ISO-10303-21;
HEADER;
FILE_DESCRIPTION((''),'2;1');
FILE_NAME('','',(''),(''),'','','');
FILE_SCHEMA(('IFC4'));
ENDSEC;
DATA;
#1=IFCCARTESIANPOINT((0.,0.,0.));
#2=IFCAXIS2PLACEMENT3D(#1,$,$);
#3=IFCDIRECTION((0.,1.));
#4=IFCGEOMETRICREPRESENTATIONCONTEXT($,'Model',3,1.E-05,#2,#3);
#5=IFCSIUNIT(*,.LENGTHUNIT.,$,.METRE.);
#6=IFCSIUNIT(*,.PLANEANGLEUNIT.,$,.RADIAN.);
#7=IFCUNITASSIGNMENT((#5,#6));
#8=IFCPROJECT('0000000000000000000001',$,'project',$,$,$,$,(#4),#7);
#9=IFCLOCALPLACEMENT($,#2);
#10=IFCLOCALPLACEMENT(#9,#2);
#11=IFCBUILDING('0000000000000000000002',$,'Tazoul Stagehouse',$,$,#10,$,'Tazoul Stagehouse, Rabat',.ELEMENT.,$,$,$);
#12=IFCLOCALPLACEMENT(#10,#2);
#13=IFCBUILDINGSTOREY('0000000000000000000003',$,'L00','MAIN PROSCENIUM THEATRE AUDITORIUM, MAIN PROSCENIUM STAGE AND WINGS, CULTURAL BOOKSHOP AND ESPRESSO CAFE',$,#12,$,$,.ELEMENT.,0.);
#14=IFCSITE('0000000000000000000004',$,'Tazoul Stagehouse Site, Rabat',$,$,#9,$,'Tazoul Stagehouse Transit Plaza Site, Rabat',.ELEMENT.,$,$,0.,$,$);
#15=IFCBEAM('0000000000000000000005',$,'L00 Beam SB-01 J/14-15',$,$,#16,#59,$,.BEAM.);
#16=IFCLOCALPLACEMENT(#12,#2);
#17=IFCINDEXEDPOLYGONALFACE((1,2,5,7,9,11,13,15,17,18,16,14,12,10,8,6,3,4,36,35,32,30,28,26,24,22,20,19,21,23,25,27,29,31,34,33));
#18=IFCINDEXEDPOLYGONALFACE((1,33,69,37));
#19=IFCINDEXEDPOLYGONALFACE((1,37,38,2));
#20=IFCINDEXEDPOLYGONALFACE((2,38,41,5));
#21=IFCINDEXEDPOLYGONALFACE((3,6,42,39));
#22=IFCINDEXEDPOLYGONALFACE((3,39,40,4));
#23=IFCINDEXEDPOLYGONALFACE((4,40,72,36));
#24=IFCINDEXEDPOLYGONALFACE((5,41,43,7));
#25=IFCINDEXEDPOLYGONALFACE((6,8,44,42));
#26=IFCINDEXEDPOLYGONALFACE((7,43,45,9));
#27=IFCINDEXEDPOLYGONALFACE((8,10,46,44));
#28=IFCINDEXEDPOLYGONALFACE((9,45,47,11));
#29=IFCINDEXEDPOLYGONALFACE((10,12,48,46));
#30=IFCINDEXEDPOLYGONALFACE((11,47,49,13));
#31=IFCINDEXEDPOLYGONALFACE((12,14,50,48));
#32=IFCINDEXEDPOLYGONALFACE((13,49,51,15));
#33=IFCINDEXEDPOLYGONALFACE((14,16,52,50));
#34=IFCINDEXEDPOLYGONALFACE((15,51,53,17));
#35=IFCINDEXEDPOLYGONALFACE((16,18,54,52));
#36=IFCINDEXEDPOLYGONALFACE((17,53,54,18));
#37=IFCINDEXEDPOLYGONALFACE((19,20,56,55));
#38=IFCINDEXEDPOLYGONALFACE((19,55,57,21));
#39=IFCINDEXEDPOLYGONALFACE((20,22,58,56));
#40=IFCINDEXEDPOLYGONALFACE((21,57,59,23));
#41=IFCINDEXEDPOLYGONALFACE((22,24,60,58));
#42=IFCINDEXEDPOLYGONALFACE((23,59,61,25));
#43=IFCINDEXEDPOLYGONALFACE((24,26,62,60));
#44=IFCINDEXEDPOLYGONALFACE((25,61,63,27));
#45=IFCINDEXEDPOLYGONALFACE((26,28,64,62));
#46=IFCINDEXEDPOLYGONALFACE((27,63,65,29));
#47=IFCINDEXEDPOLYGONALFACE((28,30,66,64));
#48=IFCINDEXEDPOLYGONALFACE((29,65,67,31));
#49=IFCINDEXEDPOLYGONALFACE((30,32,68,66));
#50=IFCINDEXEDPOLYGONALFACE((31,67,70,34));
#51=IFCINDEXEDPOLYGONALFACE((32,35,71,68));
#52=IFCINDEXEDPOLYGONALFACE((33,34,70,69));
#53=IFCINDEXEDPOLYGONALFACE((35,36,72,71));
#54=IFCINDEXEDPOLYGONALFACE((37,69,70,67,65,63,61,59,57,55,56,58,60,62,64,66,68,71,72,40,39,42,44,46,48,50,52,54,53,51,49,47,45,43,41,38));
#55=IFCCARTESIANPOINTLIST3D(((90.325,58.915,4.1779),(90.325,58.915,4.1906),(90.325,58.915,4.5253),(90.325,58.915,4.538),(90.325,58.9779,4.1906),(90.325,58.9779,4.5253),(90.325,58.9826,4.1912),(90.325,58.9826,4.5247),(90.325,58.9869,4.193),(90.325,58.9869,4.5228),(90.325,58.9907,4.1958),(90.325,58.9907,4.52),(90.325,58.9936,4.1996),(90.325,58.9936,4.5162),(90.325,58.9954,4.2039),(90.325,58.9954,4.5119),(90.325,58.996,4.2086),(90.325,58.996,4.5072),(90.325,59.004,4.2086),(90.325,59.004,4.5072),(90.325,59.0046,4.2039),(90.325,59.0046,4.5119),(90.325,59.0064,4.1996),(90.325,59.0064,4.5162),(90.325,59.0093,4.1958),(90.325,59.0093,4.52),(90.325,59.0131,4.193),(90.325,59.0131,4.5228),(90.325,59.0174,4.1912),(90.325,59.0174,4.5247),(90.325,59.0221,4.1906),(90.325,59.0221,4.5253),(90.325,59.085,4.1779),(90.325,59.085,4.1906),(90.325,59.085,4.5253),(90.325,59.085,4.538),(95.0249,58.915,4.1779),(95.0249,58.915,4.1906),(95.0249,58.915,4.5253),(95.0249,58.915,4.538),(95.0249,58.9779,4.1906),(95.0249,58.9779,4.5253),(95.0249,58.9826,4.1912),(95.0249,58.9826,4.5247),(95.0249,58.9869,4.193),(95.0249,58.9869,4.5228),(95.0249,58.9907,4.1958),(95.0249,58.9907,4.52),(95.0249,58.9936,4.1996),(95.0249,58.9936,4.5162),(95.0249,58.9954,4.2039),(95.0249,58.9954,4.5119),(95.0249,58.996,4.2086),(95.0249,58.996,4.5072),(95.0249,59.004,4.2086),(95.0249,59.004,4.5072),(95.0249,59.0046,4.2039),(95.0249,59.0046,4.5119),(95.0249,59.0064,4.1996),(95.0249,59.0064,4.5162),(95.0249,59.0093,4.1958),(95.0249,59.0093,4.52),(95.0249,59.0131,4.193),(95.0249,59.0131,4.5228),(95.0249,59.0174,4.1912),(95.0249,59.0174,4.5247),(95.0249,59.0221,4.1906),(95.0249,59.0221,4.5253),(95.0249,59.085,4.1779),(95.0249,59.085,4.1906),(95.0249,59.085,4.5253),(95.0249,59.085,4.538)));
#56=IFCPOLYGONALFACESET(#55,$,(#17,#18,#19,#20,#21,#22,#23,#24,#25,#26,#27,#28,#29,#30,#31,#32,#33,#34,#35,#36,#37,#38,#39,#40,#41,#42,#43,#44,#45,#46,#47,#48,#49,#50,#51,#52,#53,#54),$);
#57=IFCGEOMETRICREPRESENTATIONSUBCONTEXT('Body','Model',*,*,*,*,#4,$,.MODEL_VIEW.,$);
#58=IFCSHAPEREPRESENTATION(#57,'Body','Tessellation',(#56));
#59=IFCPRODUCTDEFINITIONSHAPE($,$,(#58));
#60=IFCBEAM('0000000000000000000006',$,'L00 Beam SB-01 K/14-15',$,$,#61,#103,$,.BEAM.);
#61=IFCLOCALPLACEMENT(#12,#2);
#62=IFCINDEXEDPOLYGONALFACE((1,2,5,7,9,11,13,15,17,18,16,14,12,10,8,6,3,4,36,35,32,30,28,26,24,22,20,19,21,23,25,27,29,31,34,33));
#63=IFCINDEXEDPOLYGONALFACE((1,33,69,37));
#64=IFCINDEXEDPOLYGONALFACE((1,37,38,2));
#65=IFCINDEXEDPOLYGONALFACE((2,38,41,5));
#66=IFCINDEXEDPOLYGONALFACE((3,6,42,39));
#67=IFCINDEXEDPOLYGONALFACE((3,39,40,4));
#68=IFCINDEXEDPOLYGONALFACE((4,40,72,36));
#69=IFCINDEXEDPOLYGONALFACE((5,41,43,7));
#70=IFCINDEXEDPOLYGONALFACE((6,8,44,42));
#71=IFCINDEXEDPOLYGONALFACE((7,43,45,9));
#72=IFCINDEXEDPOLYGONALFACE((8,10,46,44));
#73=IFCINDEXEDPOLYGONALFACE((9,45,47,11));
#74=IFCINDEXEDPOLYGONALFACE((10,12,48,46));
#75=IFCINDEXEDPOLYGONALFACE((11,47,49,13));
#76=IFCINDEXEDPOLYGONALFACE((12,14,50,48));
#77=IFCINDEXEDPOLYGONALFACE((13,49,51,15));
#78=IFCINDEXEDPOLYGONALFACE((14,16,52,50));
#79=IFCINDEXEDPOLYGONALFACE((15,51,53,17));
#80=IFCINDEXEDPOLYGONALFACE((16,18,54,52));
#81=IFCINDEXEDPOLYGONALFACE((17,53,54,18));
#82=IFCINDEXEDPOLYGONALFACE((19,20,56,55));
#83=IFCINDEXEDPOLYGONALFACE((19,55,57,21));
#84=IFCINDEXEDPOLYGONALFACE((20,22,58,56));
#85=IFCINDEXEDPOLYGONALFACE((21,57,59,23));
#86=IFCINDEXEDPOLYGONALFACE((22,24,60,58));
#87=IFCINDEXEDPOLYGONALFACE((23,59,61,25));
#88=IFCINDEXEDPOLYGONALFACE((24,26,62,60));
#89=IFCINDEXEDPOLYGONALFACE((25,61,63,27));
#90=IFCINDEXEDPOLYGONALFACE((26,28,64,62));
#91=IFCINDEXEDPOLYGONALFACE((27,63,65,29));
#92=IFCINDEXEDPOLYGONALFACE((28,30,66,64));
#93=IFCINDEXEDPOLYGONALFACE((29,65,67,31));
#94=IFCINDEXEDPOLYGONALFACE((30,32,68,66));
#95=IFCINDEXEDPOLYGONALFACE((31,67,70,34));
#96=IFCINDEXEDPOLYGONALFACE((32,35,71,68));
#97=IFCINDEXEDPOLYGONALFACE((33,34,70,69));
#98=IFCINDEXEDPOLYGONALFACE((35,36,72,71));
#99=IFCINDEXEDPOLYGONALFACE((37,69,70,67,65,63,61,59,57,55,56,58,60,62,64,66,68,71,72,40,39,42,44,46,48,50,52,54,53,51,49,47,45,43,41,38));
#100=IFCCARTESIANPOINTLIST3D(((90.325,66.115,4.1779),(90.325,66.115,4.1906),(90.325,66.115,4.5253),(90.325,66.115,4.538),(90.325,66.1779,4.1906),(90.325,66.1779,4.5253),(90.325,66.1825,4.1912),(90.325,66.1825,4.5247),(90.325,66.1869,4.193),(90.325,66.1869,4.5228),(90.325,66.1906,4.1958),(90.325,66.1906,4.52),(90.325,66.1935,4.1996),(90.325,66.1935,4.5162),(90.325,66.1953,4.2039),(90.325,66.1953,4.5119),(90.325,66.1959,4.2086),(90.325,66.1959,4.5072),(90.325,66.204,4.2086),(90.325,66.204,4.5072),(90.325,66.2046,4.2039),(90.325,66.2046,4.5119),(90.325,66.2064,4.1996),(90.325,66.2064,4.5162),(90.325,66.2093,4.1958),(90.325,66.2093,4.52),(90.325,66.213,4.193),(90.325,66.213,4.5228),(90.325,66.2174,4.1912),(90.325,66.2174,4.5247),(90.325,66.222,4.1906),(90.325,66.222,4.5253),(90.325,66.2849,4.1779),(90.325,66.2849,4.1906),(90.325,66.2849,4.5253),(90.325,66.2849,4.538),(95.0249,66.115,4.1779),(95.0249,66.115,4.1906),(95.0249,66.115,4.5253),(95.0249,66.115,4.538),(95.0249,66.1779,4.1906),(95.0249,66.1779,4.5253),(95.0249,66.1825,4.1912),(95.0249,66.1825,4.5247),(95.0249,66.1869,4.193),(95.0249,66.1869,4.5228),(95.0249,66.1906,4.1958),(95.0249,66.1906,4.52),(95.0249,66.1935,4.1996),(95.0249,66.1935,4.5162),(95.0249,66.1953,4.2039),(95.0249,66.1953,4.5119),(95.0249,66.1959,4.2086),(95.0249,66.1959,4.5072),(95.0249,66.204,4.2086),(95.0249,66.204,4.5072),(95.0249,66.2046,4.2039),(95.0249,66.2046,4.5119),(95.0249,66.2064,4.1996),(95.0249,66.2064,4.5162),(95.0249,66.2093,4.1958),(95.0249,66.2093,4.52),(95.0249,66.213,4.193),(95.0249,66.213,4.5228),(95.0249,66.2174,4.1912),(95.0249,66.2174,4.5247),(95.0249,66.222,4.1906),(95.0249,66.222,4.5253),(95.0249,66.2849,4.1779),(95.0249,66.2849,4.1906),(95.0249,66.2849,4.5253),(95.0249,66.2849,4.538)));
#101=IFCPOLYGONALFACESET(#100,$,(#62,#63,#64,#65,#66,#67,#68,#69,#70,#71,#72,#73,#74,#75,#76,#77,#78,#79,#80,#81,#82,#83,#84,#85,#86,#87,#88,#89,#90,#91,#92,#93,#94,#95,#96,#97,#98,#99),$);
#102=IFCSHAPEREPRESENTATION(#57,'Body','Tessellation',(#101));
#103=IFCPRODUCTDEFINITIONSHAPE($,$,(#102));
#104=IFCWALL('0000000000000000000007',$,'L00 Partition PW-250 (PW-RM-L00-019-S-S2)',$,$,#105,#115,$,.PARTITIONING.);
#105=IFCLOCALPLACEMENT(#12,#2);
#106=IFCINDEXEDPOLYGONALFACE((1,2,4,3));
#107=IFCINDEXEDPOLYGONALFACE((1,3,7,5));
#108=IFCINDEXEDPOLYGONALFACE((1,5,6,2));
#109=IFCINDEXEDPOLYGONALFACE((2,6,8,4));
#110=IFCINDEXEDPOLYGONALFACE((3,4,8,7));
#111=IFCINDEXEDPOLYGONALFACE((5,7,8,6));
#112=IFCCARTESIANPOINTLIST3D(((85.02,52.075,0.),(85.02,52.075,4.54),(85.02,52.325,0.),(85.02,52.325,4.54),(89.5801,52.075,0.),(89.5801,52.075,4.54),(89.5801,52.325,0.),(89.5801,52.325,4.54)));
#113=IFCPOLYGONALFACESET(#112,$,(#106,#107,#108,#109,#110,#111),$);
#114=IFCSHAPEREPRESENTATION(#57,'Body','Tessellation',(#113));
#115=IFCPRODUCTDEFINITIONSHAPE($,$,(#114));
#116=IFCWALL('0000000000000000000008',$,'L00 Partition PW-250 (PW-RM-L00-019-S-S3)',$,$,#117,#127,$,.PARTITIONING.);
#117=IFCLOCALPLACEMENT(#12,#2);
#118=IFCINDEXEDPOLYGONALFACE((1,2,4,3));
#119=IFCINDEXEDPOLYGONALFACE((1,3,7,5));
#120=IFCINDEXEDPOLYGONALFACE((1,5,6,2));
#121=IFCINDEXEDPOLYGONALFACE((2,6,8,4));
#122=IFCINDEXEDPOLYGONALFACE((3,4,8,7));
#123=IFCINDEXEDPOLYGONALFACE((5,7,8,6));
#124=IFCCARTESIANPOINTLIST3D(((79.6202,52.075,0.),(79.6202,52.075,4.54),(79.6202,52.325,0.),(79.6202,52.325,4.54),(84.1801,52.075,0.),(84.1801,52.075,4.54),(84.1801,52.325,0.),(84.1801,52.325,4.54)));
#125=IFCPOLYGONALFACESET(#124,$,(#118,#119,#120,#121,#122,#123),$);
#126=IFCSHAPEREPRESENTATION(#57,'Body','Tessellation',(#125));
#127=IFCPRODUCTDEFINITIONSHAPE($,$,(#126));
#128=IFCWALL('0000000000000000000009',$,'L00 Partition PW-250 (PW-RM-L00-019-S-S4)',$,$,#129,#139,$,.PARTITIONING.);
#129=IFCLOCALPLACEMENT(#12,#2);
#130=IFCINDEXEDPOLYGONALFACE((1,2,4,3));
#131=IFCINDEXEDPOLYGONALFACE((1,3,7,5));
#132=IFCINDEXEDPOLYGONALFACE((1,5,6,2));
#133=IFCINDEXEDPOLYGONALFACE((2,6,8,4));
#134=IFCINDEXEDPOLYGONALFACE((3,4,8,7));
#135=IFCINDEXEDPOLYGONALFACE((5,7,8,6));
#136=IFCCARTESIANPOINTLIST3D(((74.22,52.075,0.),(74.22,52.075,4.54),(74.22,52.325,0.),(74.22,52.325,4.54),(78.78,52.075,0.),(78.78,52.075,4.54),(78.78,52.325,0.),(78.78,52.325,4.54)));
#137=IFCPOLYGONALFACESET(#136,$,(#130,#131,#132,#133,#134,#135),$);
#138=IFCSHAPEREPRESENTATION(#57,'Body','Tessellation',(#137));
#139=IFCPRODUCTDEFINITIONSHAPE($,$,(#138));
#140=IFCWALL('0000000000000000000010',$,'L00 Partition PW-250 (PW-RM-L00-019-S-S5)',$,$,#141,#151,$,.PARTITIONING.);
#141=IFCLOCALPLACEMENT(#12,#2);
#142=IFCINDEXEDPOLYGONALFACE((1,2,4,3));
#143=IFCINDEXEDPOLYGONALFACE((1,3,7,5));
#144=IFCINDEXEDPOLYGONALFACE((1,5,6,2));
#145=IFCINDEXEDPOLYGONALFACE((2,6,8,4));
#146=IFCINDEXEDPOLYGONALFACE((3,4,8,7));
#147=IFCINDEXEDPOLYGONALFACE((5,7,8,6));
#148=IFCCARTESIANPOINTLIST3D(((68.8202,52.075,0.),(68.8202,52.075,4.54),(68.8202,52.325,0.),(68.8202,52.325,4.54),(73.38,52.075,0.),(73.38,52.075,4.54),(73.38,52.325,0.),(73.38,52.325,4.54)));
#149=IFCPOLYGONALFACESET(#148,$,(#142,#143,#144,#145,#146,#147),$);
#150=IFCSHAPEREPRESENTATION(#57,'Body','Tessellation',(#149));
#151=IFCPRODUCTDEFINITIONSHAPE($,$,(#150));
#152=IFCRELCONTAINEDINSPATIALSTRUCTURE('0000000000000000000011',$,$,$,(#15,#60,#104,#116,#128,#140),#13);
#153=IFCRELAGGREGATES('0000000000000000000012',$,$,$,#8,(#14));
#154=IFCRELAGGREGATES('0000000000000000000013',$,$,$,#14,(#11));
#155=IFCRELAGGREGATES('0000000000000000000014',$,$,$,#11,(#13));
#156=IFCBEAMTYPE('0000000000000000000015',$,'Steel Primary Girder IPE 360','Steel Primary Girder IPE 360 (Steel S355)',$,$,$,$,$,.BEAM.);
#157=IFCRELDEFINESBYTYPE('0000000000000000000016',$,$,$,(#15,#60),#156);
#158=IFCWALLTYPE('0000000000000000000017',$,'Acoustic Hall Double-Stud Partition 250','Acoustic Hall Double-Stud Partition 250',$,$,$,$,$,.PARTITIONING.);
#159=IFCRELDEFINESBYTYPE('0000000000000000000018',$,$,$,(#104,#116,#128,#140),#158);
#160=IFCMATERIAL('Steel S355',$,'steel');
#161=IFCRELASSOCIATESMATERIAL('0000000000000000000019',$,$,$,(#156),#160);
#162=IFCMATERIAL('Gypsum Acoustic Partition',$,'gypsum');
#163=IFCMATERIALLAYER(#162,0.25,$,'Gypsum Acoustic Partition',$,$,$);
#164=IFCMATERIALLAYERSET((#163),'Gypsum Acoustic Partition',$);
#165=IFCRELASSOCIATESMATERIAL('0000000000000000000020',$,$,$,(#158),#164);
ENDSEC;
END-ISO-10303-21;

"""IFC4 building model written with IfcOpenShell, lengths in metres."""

from ifc_helpers import new_model, si_unit, direction, frame, frame_2d, origin, origin_2d, place, context, subcontext, project, spatial, rectangle, i_section, extrude, material, layer, layer_set, material_profile, profile_set, type_object, element, save


model = new_model("IFC4")

# Units and contexts
model_context = context("Model", 3, precision=1e-05, world=origin(), true_north=direction((0.0, 1.0)))
body_context = subcontext(model_context, "Body", "Model", "MODEL_VIEW")
ifc_project = project(units=[si_unit("LENGTHUNIT", "METRE"), si_unit("PLANEANGLEUNIT", "RADIAN")], contexts=[model_context])

# Site, building, storey
site_placement = place(None, origin())
site = spatial("IfcSite", under=ifc_project, at=site_placement, Name="Tazoul Stagehouse Site, Rabat", LongName="Tazoul Stagehouse Transit Plaza Site, Rabat", CompositionType="ELEMENT", RefElevation=0.0)
building_placement = place(site_placement, origin())
building = spatial("IfcBuilding", under=site, at=building_placement, Name="Tazoul Stagehouse", LongName="Tazoul Stagehouse, Rabat", CompositionType="ELEMENT")
storey_placement = place(building_placement, origin())
storey = spatial("IfcBuildingStorey", under=building, at=storey_placement, Name="L00", Description="MAIN PROSCENIUM THEATRE AUDITORIUM, MAIN PROSCENIUM STAGE AND WINGS, CULTURAL BOOKSHOP AND ESPRESSO CAFE", CompositionType="ELEMENT", Elevation=0.0)

# Beams
ifc_material_1 = material(Name="Steel S355", Category="steel")
ifc_material_profile_1 = material_profile(ifc_material_1, i_section(OverallWidth=0.1699, OverallDepth=0.3601, WebThickness=0.0081, FlangeThickness=0.0127, FilletRadius=0.0181, at=origin_2d()), Name="IPE 360")
ifc_profile_set_1 = profile_set([ifc_material_profile_1], Name="Steel S355")
beam_type_1 = type_object("IfcBeamType", Name="Steel Primary Girder IPE 360", Description="Steel Primary Girder IPE 360 (Steel S355)", PredefinedType="BEAM", material=ifc_profile_set_1)
for number, where, z_axis, x_axis, name in (
    (1, (90.325, 59.0, 4.3579), (1.0, 0.0, 0.0), (0.0, 1.0, 0.0), "L00 Beam SB-01 J/14-15"),
    (2, (90.325, 66.2, 4.3579), (1.0, 0.0, 0.0), (0.0, 1.0, 0.0), "L00 Beam SB-01 K/14-15"),
):
    element("IfcBeam", number, at=place(storey_placement, frame(where, z_axis=z_axis, x_axis=x_axis)), inside=storey, type_object=beam_type_1, Name=name, PredefinedType="BEAM", context=body_context, shape_type="SweptSolid", body=[
        extrude(i_section(OverallWidth=0.1699, OverallDepth=0.3601, WebThickness=0.0081, FlangeThickness=0.0127, FilletRadius=0.0181, at=origin_2d()), origin(), (0.0, 0.0, 1.0), 4.7),
    ])

# Walls
ifc_material_2 = material(Name="Gypsum Acoustic Partition", Category="gypsum")
ifc_layer = layer(ifc_material_2, 0.25, Name="Gypsum Acoustic Partition")
ifc_layer_set = layer_set([ifc_layer], Name="Gypsum Acoustic Partition")
wall_type = type_object("IfcWallType", Name="Acoustic Hall Double-Stud Partition 250", Description="Acoustic Hall Double-Stud Partition 250", PredefinedType="PARTITIONING", material=ifc_layer_set)
wall_1_placement = place(storey_placement, frame((89.5801, 52.2, 0.0), z_axis=(0.0, 0.0, 1.0), x_axis=(-1.0, 0.0, 0.0)))
element("IfcWall", 3, at=wall_1_placement, inside=storey, type_object=wall_type, Name="L00 Partition PW-250 (PW-RM-L00-019-S-S2)", PredefinedType="PARTITIONING", context=body_context, shape_type="SweptSolid", body=[
    extrude(rectangle(XDim=4.5601, YDim=0.25, at=frame_2d((2.28, 0.0))), origin(), (0.0, 0.0, 1.0), 4.54),
])
wall_2_placement = place(storey_placement, frame((84.1799, 52.2, 0.0), z_axis=(0.0, 0.0, 1.0), x_axis=(-1.0, 0.0, 0.0)))
element("IfcWall", 4, at=wall_2_placement, inside=storey, type_object=wall_type, Name="L00 Partition PW-250 (PW-RM-L00-019-S-S3)", PredefinedType="PARTITIONING", context=body_context, shape_type="SweptSolid", body=[
    extrude(rectangle(XDim=4.5598, YDim=0.25, at=frame_2d((2.2798, 0.0))), origin(), (0.0, 0.0, 1.0), 4.54),
])
wall_3_placement = place(storey_placement, frame((78.78, 52.2, 0.0), z_axis=(0.0, 0.0, 1.0), x_axis=(-1.0, 0.0, 0.0)))
element("IfcWall", 5, at=wall_3_placement, inside=storey, type_object=wall_type, Name="L00 Partition PW-250 (PW-RM-L00-019-S-S4)", PredefinedType="PARTITIONING", context=body_context, shape_type="SweptSolid", body=[
    extrude(rectangle(XDim=4.5601, YDim=0.25, at=frame_2d((2.28, 0.0))), origin(), (0.0, 0.0, 1.0), 4.54),
])
wall_4_placement = place(storey_placement, frame((73.3799, 52.2, 0.0), z_axis=(0.0, 0.0, 1.0), x_axis=(-1.0, 0.0, 0.0)))
element("IfcWall", 6, at=wall_4_placement, inside=storey, type_object=wall_type, Name="L00 Partition PW-250 (PW-RM-L00-019-S-S5)", PredefinedType="PARTITIONING", context=body_context, shape_type="SweptSolid", body=[
    extrude(rectangle(XDim=4.5598, YDim=0.25, at=frame_2d((2.2798, 0.0))), origin(), (0.0, 0.0, 1.0), 4.54),
])

save(model, "model.ifc")
